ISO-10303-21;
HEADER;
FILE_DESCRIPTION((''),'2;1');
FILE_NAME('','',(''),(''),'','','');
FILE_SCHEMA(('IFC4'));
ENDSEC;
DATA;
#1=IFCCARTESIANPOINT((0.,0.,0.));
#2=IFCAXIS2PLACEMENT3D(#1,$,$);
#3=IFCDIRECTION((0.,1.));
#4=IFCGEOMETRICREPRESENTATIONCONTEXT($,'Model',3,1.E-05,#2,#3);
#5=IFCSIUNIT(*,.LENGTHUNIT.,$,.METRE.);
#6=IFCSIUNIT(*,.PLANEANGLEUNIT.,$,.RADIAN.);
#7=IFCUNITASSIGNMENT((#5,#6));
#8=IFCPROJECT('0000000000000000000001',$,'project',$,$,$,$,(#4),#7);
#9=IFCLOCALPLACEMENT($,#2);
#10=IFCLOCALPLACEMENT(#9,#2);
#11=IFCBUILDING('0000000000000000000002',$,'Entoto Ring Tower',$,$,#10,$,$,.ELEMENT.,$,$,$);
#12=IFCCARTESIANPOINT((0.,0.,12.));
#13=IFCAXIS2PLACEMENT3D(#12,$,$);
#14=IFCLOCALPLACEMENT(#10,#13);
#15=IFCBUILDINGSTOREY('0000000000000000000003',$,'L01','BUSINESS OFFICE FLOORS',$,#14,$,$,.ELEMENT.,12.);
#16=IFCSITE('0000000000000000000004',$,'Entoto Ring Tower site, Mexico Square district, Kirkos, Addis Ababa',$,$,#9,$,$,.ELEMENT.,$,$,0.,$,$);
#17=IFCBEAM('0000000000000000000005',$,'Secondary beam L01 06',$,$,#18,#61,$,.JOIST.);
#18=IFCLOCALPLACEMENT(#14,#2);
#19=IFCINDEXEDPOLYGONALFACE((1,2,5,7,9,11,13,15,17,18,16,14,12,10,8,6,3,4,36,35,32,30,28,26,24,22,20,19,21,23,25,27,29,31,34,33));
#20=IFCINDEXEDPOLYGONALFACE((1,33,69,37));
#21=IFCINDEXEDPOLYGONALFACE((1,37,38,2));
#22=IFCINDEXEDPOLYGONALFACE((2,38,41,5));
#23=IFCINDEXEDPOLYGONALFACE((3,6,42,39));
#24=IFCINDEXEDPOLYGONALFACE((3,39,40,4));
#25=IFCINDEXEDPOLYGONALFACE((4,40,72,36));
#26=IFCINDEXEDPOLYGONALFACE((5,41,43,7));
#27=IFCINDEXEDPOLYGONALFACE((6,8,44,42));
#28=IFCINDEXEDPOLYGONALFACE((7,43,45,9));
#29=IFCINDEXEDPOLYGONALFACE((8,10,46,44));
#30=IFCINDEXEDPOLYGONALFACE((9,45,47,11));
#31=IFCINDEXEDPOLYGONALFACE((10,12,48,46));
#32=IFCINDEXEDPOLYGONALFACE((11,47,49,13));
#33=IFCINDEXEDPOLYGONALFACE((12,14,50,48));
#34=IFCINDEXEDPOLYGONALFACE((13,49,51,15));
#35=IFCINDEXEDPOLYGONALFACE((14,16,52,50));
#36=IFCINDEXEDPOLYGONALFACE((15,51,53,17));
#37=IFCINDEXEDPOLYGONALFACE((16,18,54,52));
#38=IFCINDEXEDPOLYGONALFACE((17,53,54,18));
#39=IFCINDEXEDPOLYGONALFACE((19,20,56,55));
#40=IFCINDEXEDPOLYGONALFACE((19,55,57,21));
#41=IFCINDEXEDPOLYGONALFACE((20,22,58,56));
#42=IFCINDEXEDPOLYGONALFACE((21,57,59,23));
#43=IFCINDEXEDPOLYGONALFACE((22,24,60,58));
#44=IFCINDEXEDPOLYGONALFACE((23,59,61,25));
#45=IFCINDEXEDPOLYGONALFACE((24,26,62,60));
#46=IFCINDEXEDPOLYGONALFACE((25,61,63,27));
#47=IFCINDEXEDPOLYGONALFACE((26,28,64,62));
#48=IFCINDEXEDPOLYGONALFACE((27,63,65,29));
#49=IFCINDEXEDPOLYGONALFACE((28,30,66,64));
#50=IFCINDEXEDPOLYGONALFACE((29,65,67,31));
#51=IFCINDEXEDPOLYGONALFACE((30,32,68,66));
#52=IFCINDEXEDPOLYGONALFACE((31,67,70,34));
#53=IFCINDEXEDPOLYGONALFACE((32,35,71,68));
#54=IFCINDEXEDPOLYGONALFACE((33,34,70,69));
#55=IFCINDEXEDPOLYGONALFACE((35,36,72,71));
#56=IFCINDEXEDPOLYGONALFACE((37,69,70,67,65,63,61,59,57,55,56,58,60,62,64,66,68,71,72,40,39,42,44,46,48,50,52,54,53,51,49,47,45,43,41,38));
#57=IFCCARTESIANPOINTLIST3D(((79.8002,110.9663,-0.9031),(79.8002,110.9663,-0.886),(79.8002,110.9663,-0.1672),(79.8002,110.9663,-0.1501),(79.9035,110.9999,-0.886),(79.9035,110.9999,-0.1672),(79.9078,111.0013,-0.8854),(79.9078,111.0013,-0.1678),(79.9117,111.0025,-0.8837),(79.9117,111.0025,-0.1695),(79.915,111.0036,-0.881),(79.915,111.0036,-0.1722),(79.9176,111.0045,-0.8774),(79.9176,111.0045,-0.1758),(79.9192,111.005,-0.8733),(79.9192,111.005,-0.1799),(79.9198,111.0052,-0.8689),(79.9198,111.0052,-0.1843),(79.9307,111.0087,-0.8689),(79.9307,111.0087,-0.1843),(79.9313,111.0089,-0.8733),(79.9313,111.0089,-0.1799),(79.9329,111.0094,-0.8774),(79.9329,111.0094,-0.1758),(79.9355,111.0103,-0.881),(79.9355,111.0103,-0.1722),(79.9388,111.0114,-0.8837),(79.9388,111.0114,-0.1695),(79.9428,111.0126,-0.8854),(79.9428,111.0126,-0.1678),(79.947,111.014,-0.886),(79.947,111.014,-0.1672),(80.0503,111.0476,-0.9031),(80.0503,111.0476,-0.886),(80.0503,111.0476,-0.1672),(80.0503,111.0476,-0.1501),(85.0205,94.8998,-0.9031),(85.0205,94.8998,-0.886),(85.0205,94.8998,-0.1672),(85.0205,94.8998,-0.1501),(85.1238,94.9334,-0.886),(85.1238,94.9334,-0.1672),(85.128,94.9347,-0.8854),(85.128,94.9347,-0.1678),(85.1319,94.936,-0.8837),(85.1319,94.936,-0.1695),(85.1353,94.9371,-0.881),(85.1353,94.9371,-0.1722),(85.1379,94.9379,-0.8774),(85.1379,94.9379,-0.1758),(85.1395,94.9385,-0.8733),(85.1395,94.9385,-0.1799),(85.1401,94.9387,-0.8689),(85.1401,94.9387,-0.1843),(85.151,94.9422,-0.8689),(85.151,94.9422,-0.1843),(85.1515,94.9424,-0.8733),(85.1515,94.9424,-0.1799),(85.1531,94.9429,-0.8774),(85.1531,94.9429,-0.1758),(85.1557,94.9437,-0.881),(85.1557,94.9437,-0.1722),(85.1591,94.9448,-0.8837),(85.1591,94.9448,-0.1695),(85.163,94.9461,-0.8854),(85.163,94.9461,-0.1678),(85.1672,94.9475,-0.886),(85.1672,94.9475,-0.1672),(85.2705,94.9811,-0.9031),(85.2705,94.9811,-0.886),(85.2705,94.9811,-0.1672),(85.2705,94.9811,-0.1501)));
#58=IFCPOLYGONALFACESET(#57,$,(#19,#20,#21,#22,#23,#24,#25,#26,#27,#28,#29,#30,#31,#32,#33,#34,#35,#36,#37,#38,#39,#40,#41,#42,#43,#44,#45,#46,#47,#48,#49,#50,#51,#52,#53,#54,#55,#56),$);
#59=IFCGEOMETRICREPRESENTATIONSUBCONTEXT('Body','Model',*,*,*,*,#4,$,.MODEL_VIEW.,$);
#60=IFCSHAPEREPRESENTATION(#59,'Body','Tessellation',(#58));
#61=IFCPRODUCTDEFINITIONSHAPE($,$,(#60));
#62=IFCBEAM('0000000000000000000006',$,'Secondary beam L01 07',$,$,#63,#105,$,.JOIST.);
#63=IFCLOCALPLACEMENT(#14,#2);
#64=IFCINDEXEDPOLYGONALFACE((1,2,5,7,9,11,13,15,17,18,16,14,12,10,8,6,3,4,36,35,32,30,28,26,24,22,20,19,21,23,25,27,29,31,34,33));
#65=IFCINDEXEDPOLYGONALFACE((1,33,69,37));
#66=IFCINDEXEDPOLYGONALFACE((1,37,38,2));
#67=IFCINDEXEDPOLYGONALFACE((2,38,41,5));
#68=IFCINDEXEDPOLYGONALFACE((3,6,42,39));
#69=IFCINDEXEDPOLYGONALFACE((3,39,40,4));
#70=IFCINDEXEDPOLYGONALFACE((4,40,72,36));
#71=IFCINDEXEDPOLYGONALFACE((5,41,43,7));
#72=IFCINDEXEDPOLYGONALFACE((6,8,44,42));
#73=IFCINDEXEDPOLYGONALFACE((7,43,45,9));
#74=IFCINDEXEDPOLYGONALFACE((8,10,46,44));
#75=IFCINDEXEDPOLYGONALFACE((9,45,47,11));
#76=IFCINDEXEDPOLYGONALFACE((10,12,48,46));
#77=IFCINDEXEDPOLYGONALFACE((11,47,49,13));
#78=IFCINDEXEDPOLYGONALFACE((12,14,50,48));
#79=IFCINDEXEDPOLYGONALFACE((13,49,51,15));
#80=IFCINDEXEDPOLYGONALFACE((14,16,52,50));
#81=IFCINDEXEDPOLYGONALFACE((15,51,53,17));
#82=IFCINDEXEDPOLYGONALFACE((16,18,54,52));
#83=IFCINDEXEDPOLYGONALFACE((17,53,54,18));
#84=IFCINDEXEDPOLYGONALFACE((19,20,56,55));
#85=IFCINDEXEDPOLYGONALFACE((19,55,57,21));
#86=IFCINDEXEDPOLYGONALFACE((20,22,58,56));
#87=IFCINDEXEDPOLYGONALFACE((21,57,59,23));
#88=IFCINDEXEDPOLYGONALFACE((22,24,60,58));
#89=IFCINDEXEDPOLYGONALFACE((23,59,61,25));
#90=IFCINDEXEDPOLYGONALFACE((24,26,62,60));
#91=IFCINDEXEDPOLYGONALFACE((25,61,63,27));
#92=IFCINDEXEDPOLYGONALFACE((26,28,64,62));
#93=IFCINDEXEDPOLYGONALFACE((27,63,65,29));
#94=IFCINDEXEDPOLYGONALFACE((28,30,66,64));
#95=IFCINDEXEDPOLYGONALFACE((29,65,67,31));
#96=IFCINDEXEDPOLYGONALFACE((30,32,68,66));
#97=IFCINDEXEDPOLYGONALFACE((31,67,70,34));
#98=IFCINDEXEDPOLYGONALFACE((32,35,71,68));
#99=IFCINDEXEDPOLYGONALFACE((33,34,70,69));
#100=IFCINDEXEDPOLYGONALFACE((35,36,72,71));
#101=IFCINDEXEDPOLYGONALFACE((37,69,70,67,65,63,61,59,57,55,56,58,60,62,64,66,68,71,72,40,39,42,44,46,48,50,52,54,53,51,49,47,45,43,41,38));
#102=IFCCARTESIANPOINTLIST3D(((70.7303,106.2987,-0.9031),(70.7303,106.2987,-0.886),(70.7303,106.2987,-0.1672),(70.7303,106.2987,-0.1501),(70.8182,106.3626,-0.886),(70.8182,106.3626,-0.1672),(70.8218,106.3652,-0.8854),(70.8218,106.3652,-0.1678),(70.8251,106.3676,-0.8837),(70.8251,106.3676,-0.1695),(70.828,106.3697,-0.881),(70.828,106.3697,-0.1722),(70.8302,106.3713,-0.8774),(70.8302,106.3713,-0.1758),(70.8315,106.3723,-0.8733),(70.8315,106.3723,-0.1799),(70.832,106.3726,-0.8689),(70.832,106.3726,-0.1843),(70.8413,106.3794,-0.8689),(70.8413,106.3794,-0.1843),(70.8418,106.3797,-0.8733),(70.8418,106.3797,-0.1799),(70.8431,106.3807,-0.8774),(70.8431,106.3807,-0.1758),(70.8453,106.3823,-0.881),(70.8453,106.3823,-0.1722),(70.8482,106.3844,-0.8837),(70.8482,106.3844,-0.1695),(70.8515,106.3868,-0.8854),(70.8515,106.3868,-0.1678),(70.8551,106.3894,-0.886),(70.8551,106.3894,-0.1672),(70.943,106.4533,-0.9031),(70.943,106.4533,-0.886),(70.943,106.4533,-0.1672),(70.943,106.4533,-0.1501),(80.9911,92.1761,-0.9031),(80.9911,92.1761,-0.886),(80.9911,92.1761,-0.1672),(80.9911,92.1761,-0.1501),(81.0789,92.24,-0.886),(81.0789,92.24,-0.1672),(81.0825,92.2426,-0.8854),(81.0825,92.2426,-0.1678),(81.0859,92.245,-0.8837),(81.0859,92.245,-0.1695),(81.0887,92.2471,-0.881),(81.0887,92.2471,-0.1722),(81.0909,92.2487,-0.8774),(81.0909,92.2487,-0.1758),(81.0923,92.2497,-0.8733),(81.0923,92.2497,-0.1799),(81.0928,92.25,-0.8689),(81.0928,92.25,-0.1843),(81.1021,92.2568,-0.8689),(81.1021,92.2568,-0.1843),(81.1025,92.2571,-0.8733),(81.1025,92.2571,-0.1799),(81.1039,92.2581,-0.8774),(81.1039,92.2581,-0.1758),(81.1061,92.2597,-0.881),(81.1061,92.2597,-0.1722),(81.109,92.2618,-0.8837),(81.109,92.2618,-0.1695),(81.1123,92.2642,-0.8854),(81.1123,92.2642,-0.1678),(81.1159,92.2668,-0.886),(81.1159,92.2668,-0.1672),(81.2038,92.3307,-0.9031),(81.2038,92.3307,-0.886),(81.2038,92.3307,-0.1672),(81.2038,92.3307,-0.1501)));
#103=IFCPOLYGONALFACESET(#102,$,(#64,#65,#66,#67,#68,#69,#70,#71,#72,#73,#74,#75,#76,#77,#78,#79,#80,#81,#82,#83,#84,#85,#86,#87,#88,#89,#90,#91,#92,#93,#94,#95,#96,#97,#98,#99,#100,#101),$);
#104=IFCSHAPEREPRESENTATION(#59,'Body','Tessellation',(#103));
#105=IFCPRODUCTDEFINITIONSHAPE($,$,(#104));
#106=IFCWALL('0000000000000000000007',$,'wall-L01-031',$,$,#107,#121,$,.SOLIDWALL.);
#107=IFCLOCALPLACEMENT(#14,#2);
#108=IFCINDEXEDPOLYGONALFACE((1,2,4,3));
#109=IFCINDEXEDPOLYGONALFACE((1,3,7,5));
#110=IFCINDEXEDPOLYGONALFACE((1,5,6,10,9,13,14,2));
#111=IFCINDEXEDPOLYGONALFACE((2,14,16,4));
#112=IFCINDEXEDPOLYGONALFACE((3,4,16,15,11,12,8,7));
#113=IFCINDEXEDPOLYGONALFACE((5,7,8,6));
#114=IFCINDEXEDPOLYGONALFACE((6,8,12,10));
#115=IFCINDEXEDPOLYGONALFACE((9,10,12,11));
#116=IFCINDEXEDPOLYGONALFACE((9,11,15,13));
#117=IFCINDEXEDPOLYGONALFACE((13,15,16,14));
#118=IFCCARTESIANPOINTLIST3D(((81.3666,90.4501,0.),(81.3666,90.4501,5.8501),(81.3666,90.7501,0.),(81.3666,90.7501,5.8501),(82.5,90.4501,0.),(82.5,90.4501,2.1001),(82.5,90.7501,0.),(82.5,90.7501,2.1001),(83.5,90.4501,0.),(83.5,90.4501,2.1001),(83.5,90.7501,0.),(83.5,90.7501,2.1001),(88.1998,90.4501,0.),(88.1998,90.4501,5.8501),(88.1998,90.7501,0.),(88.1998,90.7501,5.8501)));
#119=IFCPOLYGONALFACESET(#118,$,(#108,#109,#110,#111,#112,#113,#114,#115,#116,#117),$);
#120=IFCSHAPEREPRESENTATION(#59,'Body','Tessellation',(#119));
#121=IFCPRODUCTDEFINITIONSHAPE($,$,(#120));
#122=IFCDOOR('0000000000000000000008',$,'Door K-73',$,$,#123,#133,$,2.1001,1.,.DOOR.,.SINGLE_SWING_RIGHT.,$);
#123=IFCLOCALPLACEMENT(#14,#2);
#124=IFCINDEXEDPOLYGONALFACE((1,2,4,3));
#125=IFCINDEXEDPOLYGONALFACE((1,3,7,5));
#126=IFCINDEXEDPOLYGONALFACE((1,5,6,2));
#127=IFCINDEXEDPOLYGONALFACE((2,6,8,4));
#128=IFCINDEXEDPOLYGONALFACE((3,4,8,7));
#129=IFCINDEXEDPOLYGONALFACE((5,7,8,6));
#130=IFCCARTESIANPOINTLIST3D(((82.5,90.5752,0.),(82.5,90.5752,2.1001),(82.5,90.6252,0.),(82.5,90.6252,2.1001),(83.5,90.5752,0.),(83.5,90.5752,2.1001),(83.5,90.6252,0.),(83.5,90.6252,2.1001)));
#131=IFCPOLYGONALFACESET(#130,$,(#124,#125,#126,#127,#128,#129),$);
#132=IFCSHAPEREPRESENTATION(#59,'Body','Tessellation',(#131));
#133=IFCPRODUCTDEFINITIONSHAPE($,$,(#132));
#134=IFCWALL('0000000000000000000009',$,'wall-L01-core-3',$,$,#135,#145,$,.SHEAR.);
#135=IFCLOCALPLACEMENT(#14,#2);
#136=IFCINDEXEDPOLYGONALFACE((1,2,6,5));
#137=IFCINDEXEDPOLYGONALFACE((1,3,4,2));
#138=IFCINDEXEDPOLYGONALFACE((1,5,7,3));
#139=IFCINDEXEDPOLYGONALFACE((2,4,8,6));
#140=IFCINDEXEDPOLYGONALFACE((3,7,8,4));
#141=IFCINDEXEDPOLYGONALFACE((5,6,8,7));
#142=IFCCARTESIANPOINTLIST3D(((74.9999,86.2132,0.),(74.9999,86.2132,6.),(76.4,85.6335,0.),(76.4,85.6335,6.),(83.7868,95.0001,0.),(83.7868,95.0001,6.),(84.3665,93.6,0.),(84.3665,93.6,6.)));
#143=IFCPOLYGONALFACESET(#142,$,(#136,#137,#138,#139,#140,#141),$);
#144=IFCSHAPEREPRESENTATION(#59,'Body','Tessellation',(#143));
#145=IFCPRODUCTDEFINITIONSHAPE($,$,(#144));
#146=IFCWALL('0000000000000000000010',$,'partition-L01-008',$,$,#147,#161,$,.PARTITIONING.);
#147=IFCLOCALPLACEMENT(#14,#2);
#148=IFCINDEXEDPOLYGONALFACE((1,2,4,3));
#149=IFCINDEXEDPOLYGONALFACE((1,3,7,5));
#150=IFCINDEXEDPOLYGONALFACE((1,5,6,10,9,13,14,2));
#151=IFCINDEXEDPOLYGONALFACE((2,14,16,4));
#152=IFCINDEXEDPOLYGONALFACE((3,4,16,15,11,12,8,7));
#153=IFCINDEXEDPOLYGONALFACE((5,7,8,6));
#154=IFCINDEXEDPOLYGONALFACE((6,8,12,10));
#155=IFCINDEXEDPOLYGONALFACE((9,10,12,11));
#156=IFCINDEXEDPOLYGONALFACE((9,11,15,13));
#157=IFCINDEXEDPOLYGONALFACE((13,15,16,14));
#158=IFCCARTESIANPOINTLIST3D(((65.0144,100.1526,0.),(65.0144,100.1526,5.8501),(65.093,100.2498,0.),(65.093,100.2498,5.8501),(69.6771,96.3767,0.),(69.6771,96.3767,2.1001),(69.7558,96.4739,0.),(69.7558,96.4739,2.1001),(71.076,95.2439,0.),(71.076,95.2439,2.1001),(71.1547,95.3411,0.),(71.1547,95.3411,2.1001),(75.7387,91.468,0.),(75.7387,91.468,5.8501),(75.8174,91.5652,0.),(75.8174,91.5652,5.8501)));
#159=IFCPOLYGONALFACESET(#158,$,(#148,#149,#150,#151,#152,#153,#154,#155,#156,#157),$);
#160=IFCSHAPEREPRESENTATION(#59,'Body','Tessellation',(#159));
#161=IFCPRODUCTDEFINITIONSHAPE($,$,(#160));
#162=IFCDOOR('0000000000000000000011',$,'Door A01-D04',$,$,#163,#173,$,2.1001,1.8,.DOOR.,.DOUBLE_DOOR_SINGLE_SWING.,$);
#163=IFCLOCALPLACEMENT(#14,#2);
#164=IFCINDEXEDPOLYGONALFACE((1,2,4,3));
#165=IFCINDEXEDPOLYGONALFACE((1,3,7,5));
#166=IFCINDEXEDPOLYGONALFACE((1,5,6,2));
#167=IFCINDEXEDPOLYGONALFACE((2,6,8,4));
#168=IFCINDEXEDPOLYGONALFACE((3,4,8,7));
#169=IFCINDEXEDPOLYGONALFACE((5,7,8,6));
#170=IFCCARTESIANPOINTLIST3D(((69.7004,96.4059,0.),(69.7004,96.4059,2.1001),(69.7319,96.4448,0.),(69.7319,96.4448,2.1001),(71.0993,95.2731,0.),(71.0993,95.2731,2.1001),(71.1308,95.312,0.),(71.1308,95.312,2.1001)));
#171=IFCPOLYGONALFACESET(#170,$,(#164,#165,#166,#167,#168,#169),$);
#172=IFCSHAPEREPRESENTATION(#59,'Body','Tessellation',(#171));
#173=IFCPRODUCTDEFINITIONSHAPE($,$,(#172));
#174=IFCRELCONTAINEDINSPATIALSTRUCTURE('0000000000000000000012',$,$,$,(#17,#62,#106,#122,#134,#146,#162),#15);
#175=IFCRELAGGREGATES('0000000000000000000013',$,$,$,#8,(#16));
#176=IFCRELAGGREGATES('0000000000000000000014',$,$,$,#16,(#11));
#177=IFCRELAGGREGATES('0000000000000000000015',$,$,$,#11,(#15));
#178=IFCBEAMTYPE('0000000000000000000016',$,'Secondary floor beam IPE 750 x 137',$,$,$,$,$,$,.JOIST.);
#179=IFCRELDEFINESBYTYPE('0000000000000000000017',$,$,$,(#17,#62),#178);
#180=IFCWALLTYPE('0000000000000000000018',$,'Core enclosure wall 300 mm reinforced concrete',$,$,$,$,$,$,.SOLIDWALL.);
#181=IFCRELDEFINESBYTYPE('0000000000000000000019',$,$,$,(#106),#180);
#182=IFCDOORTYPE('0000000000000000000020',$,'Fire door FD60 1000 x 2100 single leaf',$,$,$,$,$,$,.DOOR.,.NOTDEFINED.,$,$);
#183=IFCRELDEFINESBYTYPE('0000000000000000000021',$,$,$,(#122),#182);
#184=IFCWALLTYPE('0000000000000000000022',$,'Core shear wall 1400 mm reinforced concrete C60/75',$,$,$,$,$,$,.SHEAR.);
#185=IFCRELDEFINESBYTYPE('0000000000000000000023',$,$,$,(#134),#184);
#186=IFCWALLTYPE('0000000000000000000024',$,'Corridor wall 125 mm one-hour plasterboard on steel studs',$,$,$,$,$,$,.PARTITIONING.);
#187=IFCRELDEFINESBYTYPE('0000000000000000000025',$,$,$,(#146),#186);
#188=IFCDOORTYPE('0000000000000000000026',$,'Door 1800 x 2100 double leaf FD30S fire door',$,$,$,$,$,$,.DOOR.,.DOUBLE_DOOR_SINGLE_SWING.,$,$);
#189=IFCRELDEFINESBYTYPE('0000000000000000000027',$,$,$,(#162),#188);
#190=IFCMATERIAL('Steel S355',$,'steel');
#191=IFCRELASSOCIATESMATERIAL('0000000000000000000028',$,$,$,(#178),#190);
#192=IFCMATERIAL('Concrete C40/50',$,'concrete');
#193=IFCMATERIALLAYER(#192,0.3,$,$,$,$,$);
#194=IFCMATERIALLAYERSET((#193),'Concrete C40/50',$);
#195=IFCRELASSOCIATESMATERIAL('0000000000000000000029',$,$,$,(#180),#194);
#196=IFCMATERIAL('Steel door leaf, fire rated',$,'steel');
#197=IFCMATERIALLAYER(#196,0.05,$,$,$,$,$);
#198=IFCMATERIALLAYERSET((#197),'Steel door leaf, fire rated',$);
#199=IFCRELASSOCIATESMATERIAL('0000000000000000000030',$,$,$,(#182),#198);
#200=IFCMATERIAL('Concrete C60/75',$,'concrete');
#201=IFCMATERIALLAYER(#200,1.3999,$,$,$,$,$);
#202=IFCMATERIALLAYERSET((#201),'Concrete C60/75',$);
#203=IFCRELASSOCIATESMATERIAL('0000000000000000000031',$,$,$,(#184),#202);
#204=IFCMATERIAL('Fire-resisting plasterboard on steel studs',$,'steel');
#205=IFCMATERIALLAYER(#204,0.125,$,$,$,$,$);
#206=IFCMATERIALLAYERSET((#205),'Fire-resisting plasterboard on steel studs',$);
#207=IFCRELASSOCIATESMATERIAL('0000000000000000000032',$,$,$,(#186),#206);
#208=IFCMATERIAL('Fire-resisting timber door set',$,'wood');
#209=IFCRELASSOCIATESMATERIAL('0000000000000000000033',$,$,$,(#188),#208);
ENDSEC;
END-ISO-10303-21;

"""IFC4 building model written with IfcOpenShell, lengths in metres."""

from ifc_helpers import new_model, si_unit, direction, frame, frame_2d, origin, origin_2d, place, context, subcontext, project, spatial, polyline, rectangle, i_section, outline, extrude, material, layer, layer_set, material_profile, profile_set, type_object, element, fill, save


model = new_model("IFC4")

# Units and contexts
model_context = context("Model", 3, precision=1e-05, world=origin(), true_north=direction((0.0, 1.0)))
body_context = subcontext(model_context, "Body", "Model", "MODEL_VIEW")
ifc_project = project(units=[si_unit("LENGTHUNIT", "METRE"), si_unit("PLANEANGLEUNIT", "RADIAN")], contexts=[model_context])

# Site, building, storey
site_placement = place(None, origin())
site = spatial("IfcSite", under=ifc_project, at=site_placement, Name="Entoto Ring Tower site, Mexico Square district, Kirkos, Addis Ababa", CompositionType="ELEMENT", RefElevation=0.0)
building_placement = place(site_placement, origin())
building = spatial("IfcBuilding", under=site, at=building_placement, Name="Entoto Ring Tower", CompositionType="ELEMENT")
storey_placement = place(building_placement, frame((0.0, 0.0, 12.0)))
storey = spatial("IfcBuildingStorey", under=building, at=storey_placement, Name="L01", Description="BUSINESS OFFICE FLOORS", CompositionType="ELEMENT", Elevation=12.0)

# Beams
ifc_material_1 = material(Name="Steel S355", Category="steel")
ifc_material_profile_1 = material_profile(ifc_material_1, i_section(OverallWidth=0.2629, OverallDepth=0.7529, WebThickness=0.0115, FlangeThickness=0.0171, FilletRadius=0.0171, at=origin_2d()), Name="IPE 750 x 137")
ifc_profile_set_1 = profile_set([ifc_material_profile_1], Name="Steel S355")
beam_type_1 = type_object("IfcBeamType", Name="Secondary floor beam IPE 750 x 137", PredefinedType="JOIST", material=ifc_profile_set_1)
beam_1_placement = place(storey_placement, frame((85.1455, 94.9404, -0.5266), z_axis=(-0.309013, 0.951058, 0.0), x_axis=(-0.951058, -0.309013, 0.0)))
element("IfcBeam", 1, at=beam_1_placement, inside=storey, type_object=beam_type_1, Name="Secondary beam L01 06", PredefinedType="JOIST", context=body_context, shape_type="SweptSolid", body=[
    extrude(i_section(OverallWidth=0.2629, OverallDepth=0.7529, WebThickness=0.0115, FlangeThickness=0.0171, FilletRadius=0.0171, at=origin_2d()), origin(), (0.0, 0.0, 1.0), 16.8933),
])
beam_2_placement = place(storey_placement, frame((81.0974, 92.2534, -0.5266), z_axis=(-0.587789, 0.809014, 0.0), x_axis=(-0.809014, -0.587789, 0.0)))
element("IfcBeam", 2, at=beam_2_placement, inside=storey, type_object=beam_type_1, Name="Secondary beam L01 07", PredefinedType="JOIST", context=body_context, shape_type="SweptSolid", body=[
    extrude(i_section(OverallWidth=0.2629, OverallDepth=0.7529, WebThickness=0.0115, FlangeThickness=0.0171, FilletRadius=0.0171, at=origin_2d()), origin(), (0.0, 0.0, 1.0), 17.4565),
])

# Wall, opening, door
ifc_material_2 = material(Name="Concrete C40/50", Category="concrete")
ifc_layer_1 = layer(ifc_material_2, 0.3)
ifc_layer_set_1 = layer_set([ifc_layer_1], Name="Concrete C40/50")
wall_type_1 = type_object("IfcWallType", Name="Core enclosure wall 300 mm reinforced concrete", PredefinedType="SOLIDWALL", material=ifc_layer_set_1)
wall_1_placement = place(storey_placement, frame((81.3667, 90.6001, 0.0), z_axis=(0.0, 0.0, 1.0), x_axis=(1.0, 0.0, 0.0)))
wall_1 = element("IfcWall", 3, at=wall_1_placement, inside=storey, type_object=wall_type_1, Name="wall-L01-031", PredefinedType="SOLIDWALL", context=body_context, shape_type="SweptSolid", body=[
    extrude(rectangle(XDim=6.8333, YDim=0.3, at=frame_2d((3.4165, 0.0))), origin(), (0.0, 0.0, 1.0), 5.8501),
])
opening_1_placement = place(wall_1_placement, frame((1.1333, 0.0, 0.0)))
opening_1 = element("IfcOpeningElement", 4, at=opening_1_placement, cuts=wall_1, PredefinedType="OPENING", context=body_context, shape_type="SweptSolid", body=[
    extrude(rectangle(XDim=1.0, YDim=2.1001, at=frame_2d((0.5, 1.05))), frame((0.0, 0.1602, 0.0), z_axis=(0.0, -1.0, 0.0), x_axis=(1.0, 0.0, 0.0)), (0.0, 0.0, 1.0), 0.3201),
])
ifc_material_3 = material(Name="Steel door leaf, fire rated", Category="steel")
ifc_layer_2 = layer(ifc_material_3, 0.05)
ifc_layer_set_2 = layer_set([ifc_layer_2], Name="Steel door leaf, fire rated")
door_type_1 = type_object("IfcDoorType", Name="Fire door FD60 1000 x 2100 single leaf", OperationType="NOTDEFINED", PredefinedType="DOOR", material=ifc_layer_set_2)
door_1_placement = place(opening_1_placement, frame((1.0, 0.0, 0.0), z_axis=(0.0, 0.0, 1.0), x_axis=(-1.0, 0.0, 0.0)))
door_1 = element("IfcDoor", 5, at=door_1_placement, inside=storey, type_object=door_type_1, Name="Door K-73", OperationType="SINGLE_SWING_RIGHT", OverallHeight=2.1001, OverallWidth=1.0, PredefinedType="DOOR", context=body_context, shape_type="SweptSolid", body=[
    extrude(rectangle(XDim=1.0, YDim=2.1001, at=frame_2d((0.5, 1.05))), frame((0.0, 0.0249, 0.0), z_axis=(0.0, -1.0, 0.0), x_axis=(1.0, 0.0, 0.0)), (0.0, 0.0, 1.0), 0.05),
])
fill(opening_1, door_1)

# Wall
ifc_material_4 = material(Name="Concrete C60/75", Category="concrete")
ifc_layer_3 = layer(ifc_material_4, 1.3999)
ifc_layer_set_3 = layer_set([ifc_layer_3], Name="Concrete C60/75")
wall_type_2 = type_object("IfcWallType", Name="Core shear wall 1400 mm reinforced concrete C60/75", PredefinedType="SHEAR", material=ifc_layer_set_3)
wall_2_placement = place(storey_placement, frame((84.0767, 94.3, 0.0), z_axis=(0.0, 0.0, 1.0), x_axis=(-0.707107, -0.707107, 0.0)))
element("IfcWall", 6, at=wall_2_placement, inside=storey, type_object=wall_type_2, Name="wall-L01-core-3", PredefinedType="SHEAR", context=body_context, shape_type="SweptSolid", body=[
    extrude(outline(polyline([(-0.29, -0.7), (12.1365, -0.7), (11.5564, 0.7), (0.29, 0.7), (-0.29, -0.7)])), origin(), (0.0, 0.0, 1.0), 6.0),
])

# Wall, opening, door
ifc_material_5 = material(Name="Fire-resisting plasterboard on steel studs", Category="steel")
ifc_layer_4 = layer(ifc_material_5, 0.125)
ifc_layer_set_4 = layer_set([ifc_layer_4], Name="Fire-resisting plasterboard on steel studs")
wall_type_3 = type_object("IfcWallType", Name="Corridor wall 125 mm one-hour plasterboard on steel studs", PredefinedType="PARTITIONING", material=ifc_layer_set_4)
wall_3_placement = place(storey_placement, frame((75.7781, 91.5166, 0.0), z_axis=(0.0, 0.0, 1.0), x_axis=(-0.777141, 0.629327, 0.0)))
wall_3 = element("IfcWall", 7, at=wall_3_placement, inside=storey, type_object=wall_type_3, Name="partition-L01-008", PredefinedType="PARTITIONING", context=body_context, shape_type="SweptSolid", body=[
    extrude(rectangle(XDim=13.7998, YDim=0.125, at=frame_2d((6.8999, 0.0))), origin(), (0.0, 0.0, 1.0), 5.8501),
])
opening_2_placement = place(wall_3_placement, frame((6.0, 0.0, 0.0)))
opening_2 = element("IfcOpeningElement", 8, at=opening_2_placement, cuts=wall_3, PredefinedType="OPENING", context=body_context, shape_type="SweptSolid", body=[
    extrude(rectangle(XDim=1.8, YDim=2.1001, at=frame_2d((0.8999, 1.05))), frame((0.0, 0.0725, 0.0), z_axis=(0.0, -1.0, 0.0), x_axis=(1.0, 0.0, 0.0)), (0.0, 0.0, 1.0), 0.145),
])
ifc_material_6 = material(Name="Fire-resisting timber door set", Category="wood")
door_type_2 = type_object("IfcDoorType", Name="Door 1800 x 2100 double leaf FD30S fire door", OperationType="DOUBLE_DOOR_SINGLE_SWING", PredefinedType="DOOR", material=ifc_material_6)
door_2_placement = place(opening_2_placement, frame((1.8, 0.0, 0.0), z_axis=(0.0, 0.0, 1.0), x_axis=(-1.0, 0.0, 0.0)))
door_2 = element("IfcDoor", 9, at=door_2_placement, inside=storey, type_object=door_type_2, Name="Door A01-D04", OperationType="DOUBLE_DOOR_SINGLE_SWING", OverallHeight=2.1001, OverallWidth=1.8, PredefinedType="DOOR", context=body_context, shape_type="SweptSolid", body=[
    extrude(rectangle(XDim=1.8, YDim=2.1001, at=frame_2d((0.8999, 1.05))), frame((0.0, 0.0249, 0.0), z_axis=(0.0, -1.0, 0.0), x_axis=(1.0, 0.0, 0.0)), (0.0, 0.0, 1.0), 0.05),
])
fill(opening_2, door_2)

save(model, "model.ifc")
